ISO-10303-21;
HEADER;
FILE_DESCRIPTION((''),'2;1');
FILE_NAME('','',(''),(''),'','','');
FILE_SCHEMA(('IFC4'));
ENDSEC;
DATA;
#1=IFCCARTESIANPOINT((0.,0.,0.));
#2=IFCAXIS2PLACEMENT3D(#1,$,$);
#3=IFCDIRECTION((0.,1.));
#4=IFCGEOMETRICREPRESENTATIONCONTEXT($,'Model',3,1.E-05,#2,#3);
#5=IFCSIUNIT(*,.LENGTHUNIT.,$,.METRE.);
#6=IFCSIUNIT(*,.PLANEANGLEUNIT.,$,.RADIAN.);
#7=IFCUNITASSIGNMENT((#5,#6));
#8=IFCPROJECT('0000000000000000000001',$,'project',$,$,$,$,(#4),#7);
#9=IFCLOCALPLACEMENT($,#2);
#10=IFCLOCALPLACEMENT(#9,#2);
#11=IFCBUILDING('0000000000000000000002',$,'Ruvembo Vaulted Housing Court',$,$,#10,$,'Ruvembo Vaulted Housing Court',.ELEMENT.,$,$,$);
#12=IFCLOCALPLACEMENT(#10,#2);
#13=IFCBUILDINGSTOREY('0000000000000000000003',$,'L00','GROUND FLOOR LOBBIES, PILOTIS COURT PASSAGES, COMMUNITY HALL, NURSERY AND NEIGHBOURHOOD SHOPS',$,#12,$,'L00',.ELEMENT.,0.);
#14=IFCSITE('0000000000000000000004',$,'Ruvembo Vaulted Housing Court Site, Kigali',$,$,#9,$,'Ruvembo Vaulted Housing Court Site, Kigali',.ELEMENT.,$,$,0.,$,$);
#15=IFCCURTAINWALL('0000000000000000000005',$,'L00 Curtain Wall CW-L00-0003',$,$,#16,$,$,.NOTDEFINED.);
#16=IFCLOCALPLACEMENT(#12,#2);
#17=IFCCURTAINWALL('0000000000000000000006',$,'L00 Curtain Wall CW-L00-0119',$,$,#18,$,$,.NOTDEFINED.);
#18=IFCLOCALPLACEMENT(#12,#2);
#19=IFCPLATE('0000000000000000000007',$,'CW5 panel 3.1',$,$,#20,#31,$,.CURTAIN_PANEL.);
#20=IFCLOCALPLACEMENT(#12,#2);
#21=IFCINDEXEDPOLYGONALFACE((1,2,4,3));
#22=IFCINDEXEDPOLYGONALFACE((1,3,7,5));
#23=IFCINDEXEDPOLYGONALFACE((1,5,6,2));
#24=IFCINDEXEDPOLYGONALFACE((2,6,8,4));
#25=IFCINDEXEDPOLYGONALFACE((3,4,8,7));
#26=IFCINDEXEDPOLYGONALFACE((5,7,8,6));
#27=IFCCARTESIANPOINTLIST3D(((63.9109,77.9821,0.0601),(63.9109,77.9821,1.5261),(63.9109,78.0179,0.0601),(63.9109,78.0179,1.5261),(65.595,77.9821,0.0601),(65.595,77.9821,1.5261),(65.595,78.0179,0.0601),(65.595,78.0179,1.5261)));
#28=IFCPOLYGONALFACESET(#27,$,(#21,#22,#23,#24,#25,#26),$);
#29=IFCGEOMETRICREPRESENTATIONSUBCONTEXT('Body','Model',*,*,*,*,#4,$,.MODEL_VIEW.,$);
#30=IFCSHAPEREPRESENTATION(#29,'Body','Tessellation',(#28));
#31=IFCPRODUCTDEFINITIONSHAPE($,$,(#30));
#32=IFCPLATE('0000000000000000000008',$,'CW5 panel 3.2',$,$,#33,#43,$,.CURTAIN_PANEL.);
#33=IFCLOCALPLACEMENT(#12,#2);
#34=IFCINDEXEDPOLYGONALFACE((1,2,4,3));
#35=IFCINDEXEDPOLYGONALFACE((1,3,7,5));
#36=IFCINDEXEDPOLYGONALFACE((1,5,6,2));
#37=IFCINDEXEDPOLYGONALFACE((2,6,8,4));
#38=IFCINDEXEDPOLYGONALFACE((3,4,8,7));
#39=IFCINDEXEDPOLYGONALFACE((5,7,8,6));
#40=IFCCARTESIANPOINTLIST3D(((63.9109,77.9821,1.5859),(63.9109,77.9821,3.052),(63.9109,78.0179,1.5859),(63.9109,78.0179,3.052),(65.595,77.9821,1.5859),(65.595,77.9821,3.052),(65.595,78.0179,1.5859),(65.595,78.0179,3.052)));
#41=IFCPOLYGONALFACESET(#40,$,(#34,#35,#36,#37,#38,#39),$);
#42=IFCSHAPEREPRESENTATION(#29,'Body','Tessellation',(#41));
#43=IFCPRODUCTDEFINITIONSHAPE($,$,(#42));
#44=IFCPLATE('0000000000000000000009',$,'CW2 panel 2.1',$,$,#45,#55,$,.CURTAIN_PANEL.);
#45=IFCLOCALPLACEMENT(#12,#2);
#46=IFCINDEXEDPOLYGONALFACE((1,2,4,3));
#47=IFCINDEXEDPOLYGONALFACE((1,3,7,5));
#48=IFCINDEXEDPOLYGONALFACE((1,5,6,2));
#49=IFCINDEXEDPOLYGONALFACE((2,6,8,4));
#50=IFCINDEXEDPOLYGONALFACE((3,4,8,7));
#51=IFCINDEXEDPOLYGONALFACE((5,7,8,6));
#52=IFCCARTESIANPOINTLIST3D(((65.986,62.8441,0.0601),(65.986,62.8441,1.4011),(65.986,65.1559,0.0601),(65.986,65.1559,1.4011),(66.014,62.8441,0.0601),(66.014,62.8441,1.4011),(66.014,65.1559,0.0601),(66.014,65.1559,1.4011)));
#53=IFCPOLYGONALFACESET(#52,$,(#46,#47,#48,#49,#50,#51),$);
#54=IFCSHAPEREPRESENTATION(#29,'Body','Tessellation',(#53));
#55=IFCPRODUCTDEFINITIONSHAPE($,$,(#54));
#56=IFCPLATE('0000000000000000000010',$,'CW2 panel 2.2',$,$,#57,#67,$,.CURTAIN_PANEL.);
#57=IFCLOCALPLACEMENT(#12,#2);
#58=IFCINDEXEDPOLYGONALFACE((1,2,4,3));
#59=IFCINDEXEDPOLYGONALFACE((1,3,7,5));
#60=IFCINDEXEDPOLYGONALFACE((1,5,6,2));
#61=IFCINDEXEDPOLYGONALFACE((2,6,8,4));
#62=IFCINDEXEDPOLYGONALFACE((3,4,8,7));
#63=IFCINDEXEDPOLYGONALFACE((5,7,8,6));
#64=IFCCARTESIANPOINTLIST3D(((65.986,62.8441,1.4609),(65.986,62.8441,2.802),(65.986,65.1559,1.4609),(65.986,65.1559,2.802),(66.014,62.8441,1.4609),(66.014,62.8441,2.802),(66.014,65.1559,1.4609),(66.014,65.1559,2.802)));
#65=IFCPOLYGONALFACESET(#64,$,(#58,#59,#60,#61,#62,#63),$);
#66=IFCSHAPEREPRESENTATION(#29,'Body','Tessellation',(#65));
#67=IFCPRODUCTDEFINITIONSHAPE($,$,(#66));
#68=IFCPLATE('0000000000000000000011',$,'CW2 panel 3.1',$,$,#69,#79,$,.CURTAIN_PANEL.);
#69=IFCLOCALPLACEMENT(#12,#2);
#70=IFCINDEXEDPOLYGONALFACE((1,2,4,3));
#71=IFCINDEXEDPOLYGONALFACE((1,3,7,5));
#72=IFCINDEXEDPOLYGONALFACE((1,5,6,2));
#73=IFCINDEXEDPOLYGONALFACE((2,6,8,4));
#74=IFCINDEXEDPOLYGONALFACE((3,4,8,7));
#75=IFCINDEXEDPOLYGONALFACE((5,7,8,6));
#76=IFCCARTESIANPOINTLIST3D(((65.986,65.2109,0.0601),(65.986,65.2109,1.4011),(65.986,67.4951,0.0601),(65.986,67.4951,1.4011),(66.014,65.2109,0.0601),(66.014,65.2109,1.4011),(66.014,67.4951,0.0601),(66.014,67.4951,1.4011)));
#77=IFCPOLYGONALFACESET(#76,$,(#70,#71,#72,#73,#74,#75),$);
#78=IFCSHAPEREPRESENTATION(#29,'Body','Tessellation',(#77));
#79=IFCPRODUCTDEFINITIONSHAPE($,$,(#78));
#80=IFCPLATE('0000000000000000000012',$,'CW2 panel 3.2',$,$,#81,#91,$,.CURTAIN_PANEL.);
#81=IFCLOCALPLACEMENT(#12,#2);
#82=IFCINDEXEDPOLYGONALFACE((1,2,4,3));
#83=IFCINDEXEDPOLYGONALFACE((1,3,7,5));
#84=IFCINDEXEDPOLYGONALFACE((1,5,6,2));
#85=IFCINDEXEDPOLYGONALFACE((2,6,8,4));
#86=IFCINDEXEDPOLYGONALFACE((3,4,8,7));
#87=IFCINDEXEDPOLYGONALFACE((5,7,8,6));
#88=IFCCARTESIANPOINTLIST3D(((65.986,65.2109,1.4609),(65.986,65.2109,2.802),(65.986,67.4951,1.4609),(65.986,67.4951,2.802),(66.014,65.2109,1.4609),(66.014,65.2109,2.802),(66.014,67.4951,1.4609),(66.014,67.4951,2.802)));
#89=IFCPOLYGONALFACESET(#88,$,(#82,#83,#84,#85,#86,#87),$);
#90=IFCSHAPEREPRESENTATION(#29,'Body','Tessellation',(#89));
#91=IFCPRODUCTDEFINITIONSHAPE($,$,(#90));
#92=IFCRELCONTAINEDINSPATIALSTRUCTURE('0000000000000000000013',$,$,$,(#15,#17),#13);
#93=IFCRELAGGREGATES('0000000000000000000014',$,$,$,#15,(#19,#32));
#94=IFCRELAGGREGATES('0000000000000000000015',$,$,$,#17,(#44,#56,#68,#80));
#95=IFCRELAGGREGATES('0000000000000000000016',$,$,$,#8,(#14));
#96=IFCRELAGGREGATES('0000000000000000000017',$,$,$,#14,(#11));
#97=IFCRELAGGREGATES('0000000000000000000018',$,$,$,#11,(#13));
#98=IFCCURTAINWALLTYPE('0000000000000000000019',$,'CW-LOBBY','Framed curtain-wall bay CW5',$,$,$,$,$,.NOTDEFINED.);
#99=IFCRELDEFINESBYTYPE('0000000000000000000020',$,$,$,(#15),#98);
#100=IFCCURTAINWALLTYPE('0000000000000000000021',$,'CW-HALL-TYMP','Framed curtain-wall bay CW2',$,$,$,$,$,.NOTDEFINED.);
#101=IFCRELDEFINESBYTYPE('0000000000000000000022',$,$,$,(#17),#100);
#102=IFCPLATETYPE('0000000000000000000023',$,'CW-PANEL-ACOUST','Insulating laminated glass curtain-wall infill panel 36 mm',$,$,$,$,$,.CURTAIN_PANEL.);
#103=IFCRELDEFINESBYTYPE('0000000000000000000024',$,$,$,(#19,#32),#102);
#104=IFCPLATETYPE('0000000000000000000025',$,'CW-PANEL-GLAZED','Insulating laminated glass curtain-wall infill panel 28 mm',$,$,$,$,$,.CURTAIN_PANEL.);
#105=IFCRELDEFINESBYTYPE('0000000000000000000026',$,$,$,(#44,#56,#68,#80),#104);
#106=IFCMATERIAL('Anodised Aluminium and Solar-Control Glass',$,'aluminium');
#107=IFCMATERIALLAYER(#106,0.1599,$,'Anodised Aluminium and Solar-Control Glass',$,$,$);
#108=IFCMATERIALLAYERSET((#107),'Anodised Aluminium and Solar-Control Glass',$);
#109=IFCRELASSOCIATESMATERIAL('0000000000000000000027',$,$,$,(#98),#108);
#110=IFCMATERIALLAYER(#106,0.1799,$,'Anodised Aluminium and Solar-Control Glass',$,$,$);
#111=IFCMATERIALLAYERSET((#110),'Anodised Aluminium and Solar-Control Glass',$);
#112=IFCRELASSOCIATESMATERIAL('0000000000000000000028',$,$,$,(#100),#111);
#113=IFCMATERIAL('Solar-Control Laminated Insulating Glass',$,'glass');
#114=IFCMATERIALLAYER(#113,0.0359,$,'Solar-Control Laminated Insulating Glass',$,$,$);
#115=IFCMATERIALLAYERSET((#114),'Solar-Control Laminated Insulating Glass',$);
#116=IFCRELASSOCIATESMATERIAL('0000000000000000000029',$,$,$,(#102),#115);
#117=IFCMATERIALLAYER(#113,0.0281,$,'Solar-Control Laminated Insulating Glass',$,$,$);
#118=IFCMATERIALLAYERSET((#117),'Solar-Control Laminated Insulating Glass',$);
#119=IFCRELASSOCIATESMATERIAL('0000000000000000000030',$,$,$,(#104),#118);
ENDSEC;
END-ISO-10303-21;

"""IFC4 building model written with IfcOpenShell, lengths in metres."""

from ifc_helpers import new_model, si_unit, direction, frame, origin, origin_2d, place, context, subcontext, project, spatial, rectangle, extrude, material, layer, layer_set, type_object, element, aggregate, save


model = new_model("IFC4")

# Units and contexts
model_context = context("Model", 3, precision=1e-05, world=origin(), true_north=direction((0.0, 1.0)))
body_context = subcontext(model_context, "Body", "Model", "MODEL_VIEW")
ifc_project = project(units=[si_unit("LENGTHUNIT", "METRE"), si_unit("PLANEANGLEUNIT", "RADIAN")], contexts=[model_context])

# Site, building, storey
site_placement = place(None, origin())
site = spatial("IfcSite", under=ifc_project, at=site_placement, Name="Ruvembo Vaulted Housing Court Site, Kigali", LongName="Ruvembo Vaulted Housing Court Site, Kigali", CompositionType="ELEMENT", RefElevation=0.0)
building_placement = place(site_placement, origin())
building = spatial("IfcBuilding", under=site, at=building_placement, Name="Ruvembo Vaulted Housing Court", LongName="Ruvembo Vaulted Housing Court", CompositionType="ELEMENT")
storey_placement = place(building_placement, origin())
storey = spatial("IfcBuildingStorey", under=building, at=storey_placement, Name="L00", Description="GROUND FLOOR LOBBIES, PILOTIS COURT PASSAGES, COMMUNITY HALL, NURSERY AND NEIGHBOURHOOD SHOPS", LongName="L00", CompositionType="ELEMENT", Elevation=0.0)

# Curtain walls
ifc_material_1 = material(Name="Anodised Aluminium and Solar-Control Glass", Category="aluminium")
ifc_layer_1 = layer(ifc_material_1, 0.1599, Name="Anodised Aluminium and Solar-Control Glass")
ifc_layer_set_1 = layer_set([ifc_layer_1], Name="Anodised Aluminium and Solar-Control Glass")
curtain_wall_type_1 = type_object("IfcCurtainWallType", Name="CW-LOBBY", Description="Framed curtain-wall bay CW5", PredefinedType="NOTDEFINED", material=ifc_layer_set_1)
curtain_wall_1_placement = place(storey_placement, origin())
curtain_wall_1 = element("IfcCurtainWall", 1, at=curtain_wall_1_placement, inside=storey, type_object=curtain_wall_type_1, Name="L00 Curtain Wall CW-L00-0003", PredefinedType="NOTDEFINED")
ifc_layer_2 = layer(ifc_material_1, 0.1799, Name="Anodised Aluminium and Solar-Control Glass")
ifc_layer_set_2 = layer_set([ifc_layer_2], Name="Anodised Aluminium and Solar-Control Glass")
curtain_wall_type_2 = type_object("IfcCurtainWallType", Name="CW-HALL-TYMP", Description="Framed curtain-wall bay CW2", PredefinedType="NOTDEFINED", material=ifc_layer_set_2)
curtain_wall_2_placement = place(storey_placement, origin())
curtain_wall_2 = element("IfcCurtainWall", 2, at=curtain_wall_2_placement, inside=storey, type_object=curtain_wall_type_2, Name="L00 Curtain Wall CW-L00-0119", PredefinedType="NOTDEFINED")

# Plates
ifc_material_2 = material(Name="Solar-Control Laminated Insulating Glass", Category="glass")
ifc_layer_3 = layer(ifc_material_2, 0.0359, Name="Solar-Control Laminated Insulating Glass")
ifc_layer_set_3 = layer_set([ifc_layer_3], Name="Solar-Control Laminated Insulating Glass")
plate_type_1 = type_object("IfcPlateType", Name="CW-PANEL-ACOUST", Description="Insulating laminated glass curtain-wall infill panel 36 mm", PredefinedType="CURTAIN_PANEL", material=ifc_layer_set_3)
plate_1_placement = place(storey_placement, frame((64.7529, 78.0, 0.0601), z_axis=(0.0, 0.0, 1.0), x_axis=(1.0, 0.0, 0.0)))
plate_1 = element("IfcPlate", 3, at=plate_1_placement, type_object=plate_type_1, Name="CW5 panel 3.1", PredefinedType="CURTAIN_PANEL", context=body_context, shape_type="SweptSolid", body=[
    extrude(rectangle(XDim=1.6841, YDim=0.0359, at=origin_2d()), origin(), (0.0, 0.0, 1.0), 1.4661),
])
plate_2_placement = place(storey_placement, frame((64.7529, 78.0, 1.5859), z_axis=(0.0, 0.0, 1.0), x_axis=(1.0, 0.0, 0.0)))
plate_2 = element("IfcPlate", 4, at=plate_2_placement, type_object=plate_type_1, Name="CW5 panel 3.2", PredefinedType="CURTAIN_PANEL", context=body_context, shape_type="SweptSolid", body=[
    extrude(rectangle(XDim=1.6841, YDim=0.0359, at=origin_2d()), origin(), (0.0, 0.0, 1.0), 1.4661),
])
aggregate(curtain_wall_1, [plate_1, plate_2])
ifc_layer_4 = layer(ifc_material_2, 0.0281, Name="Solar-Control Laminated Insulating Glass")
ifc_layer_set_4 = layer_set([ifc_layer_4], Name="Solar-Control Laminated Insulating Glass")
plate_type_2 = type_object("IfcPlateType", Name="CW-PANEL-GLAZED", Description="Insulating laminated glass curtain-wall infill panel 28 mm", PredefinedType="CURTAIN_PANEL", material=ifc_layer_set_4)
plate_3_placement = place(storey_placement, frame((66.0, 64.0, 0.0601), z_axis=(0.0, 0.0, 1.0), x_axis=(0.0, 1.0, 0.0)))
plate_3 = element("IfcPlate", 5, at=plate_3_placement, type_object=plate_type_2, Name="CW2 panel 2.1", PredefinedType="CURTAIN_PANEL", context=body_context, shape_type="SweptSolid", body=[
    extrude(rectangle(XDim=2.3118, YDim=0.0281, at=origin_2d()), origin(), (0.0, 0.0, 1.0), 1.3411),
])
plate_4_placement = place(storey_placement, frame((66.0, 64.0, 1.4609), z_axis=(0.0, 0.0, 1.0), x_axis=(0.0, 1.0, 0.0)))
plate_4 = element("IfcPlate", 6, at=plate_4_placement, type_object=plate_type_2, Name="CW2 panel 2.2", PredefinedType="CURTAIN_PANEL", context=body_context, shape_type="SweptSolid", body=[
    extrude(rectangle(XDim=2.3118, YDim=0.0281, at=origin_2d()), origin(), (0.0, 0.0, 1.0), 1.3411),
])
plate_5_placement = place(storey_placement, frame((66.0, 66.353, 0.0601), z_axis=(0.0, 0.0, 1.0), x_axis=(0.0, 1.0, 0.0)))
plate_5 = element("IfcPlate", 7, at=plate_5_placement, type_object=plate_type_2, Name="CW2 panel 3.1", PredefinedType="CURTAIN_PANEL", context=body_context, shape_type="SweptSolid", body=[
    extrude(rectangle(XDim=2.2842, YDim=0.0281, at=origin_2d()), origin(), (0.0, 0.0, 1.0), 1.3411),
])
plate_6_placement = place(storey_placement, frame((66.0, 66.353, 1.4609), z_axis=(0.0, 0.0, 1.0), x_axis=(0.0, 1.0, 0.0)))
plate_6 = element("IfcPlate", 8, at=plate_6_placement, type_object=plate_type_2, Name="CW2 panel 3.2", PredefinedType="CURTAIN_PANEL", context=body_context, shape_type="SweptSolid", body=[
    extrude(rectangle(XDim=2.2842, YDim=0.0281, at=origin_2d()), origin(), (0.0, 0.0, 1.0), 1.3411),
])
aggregate(curtain_wall_2, [plate_3, plate_4, plate_5, plate_6])

save(model, "model.ifc")
